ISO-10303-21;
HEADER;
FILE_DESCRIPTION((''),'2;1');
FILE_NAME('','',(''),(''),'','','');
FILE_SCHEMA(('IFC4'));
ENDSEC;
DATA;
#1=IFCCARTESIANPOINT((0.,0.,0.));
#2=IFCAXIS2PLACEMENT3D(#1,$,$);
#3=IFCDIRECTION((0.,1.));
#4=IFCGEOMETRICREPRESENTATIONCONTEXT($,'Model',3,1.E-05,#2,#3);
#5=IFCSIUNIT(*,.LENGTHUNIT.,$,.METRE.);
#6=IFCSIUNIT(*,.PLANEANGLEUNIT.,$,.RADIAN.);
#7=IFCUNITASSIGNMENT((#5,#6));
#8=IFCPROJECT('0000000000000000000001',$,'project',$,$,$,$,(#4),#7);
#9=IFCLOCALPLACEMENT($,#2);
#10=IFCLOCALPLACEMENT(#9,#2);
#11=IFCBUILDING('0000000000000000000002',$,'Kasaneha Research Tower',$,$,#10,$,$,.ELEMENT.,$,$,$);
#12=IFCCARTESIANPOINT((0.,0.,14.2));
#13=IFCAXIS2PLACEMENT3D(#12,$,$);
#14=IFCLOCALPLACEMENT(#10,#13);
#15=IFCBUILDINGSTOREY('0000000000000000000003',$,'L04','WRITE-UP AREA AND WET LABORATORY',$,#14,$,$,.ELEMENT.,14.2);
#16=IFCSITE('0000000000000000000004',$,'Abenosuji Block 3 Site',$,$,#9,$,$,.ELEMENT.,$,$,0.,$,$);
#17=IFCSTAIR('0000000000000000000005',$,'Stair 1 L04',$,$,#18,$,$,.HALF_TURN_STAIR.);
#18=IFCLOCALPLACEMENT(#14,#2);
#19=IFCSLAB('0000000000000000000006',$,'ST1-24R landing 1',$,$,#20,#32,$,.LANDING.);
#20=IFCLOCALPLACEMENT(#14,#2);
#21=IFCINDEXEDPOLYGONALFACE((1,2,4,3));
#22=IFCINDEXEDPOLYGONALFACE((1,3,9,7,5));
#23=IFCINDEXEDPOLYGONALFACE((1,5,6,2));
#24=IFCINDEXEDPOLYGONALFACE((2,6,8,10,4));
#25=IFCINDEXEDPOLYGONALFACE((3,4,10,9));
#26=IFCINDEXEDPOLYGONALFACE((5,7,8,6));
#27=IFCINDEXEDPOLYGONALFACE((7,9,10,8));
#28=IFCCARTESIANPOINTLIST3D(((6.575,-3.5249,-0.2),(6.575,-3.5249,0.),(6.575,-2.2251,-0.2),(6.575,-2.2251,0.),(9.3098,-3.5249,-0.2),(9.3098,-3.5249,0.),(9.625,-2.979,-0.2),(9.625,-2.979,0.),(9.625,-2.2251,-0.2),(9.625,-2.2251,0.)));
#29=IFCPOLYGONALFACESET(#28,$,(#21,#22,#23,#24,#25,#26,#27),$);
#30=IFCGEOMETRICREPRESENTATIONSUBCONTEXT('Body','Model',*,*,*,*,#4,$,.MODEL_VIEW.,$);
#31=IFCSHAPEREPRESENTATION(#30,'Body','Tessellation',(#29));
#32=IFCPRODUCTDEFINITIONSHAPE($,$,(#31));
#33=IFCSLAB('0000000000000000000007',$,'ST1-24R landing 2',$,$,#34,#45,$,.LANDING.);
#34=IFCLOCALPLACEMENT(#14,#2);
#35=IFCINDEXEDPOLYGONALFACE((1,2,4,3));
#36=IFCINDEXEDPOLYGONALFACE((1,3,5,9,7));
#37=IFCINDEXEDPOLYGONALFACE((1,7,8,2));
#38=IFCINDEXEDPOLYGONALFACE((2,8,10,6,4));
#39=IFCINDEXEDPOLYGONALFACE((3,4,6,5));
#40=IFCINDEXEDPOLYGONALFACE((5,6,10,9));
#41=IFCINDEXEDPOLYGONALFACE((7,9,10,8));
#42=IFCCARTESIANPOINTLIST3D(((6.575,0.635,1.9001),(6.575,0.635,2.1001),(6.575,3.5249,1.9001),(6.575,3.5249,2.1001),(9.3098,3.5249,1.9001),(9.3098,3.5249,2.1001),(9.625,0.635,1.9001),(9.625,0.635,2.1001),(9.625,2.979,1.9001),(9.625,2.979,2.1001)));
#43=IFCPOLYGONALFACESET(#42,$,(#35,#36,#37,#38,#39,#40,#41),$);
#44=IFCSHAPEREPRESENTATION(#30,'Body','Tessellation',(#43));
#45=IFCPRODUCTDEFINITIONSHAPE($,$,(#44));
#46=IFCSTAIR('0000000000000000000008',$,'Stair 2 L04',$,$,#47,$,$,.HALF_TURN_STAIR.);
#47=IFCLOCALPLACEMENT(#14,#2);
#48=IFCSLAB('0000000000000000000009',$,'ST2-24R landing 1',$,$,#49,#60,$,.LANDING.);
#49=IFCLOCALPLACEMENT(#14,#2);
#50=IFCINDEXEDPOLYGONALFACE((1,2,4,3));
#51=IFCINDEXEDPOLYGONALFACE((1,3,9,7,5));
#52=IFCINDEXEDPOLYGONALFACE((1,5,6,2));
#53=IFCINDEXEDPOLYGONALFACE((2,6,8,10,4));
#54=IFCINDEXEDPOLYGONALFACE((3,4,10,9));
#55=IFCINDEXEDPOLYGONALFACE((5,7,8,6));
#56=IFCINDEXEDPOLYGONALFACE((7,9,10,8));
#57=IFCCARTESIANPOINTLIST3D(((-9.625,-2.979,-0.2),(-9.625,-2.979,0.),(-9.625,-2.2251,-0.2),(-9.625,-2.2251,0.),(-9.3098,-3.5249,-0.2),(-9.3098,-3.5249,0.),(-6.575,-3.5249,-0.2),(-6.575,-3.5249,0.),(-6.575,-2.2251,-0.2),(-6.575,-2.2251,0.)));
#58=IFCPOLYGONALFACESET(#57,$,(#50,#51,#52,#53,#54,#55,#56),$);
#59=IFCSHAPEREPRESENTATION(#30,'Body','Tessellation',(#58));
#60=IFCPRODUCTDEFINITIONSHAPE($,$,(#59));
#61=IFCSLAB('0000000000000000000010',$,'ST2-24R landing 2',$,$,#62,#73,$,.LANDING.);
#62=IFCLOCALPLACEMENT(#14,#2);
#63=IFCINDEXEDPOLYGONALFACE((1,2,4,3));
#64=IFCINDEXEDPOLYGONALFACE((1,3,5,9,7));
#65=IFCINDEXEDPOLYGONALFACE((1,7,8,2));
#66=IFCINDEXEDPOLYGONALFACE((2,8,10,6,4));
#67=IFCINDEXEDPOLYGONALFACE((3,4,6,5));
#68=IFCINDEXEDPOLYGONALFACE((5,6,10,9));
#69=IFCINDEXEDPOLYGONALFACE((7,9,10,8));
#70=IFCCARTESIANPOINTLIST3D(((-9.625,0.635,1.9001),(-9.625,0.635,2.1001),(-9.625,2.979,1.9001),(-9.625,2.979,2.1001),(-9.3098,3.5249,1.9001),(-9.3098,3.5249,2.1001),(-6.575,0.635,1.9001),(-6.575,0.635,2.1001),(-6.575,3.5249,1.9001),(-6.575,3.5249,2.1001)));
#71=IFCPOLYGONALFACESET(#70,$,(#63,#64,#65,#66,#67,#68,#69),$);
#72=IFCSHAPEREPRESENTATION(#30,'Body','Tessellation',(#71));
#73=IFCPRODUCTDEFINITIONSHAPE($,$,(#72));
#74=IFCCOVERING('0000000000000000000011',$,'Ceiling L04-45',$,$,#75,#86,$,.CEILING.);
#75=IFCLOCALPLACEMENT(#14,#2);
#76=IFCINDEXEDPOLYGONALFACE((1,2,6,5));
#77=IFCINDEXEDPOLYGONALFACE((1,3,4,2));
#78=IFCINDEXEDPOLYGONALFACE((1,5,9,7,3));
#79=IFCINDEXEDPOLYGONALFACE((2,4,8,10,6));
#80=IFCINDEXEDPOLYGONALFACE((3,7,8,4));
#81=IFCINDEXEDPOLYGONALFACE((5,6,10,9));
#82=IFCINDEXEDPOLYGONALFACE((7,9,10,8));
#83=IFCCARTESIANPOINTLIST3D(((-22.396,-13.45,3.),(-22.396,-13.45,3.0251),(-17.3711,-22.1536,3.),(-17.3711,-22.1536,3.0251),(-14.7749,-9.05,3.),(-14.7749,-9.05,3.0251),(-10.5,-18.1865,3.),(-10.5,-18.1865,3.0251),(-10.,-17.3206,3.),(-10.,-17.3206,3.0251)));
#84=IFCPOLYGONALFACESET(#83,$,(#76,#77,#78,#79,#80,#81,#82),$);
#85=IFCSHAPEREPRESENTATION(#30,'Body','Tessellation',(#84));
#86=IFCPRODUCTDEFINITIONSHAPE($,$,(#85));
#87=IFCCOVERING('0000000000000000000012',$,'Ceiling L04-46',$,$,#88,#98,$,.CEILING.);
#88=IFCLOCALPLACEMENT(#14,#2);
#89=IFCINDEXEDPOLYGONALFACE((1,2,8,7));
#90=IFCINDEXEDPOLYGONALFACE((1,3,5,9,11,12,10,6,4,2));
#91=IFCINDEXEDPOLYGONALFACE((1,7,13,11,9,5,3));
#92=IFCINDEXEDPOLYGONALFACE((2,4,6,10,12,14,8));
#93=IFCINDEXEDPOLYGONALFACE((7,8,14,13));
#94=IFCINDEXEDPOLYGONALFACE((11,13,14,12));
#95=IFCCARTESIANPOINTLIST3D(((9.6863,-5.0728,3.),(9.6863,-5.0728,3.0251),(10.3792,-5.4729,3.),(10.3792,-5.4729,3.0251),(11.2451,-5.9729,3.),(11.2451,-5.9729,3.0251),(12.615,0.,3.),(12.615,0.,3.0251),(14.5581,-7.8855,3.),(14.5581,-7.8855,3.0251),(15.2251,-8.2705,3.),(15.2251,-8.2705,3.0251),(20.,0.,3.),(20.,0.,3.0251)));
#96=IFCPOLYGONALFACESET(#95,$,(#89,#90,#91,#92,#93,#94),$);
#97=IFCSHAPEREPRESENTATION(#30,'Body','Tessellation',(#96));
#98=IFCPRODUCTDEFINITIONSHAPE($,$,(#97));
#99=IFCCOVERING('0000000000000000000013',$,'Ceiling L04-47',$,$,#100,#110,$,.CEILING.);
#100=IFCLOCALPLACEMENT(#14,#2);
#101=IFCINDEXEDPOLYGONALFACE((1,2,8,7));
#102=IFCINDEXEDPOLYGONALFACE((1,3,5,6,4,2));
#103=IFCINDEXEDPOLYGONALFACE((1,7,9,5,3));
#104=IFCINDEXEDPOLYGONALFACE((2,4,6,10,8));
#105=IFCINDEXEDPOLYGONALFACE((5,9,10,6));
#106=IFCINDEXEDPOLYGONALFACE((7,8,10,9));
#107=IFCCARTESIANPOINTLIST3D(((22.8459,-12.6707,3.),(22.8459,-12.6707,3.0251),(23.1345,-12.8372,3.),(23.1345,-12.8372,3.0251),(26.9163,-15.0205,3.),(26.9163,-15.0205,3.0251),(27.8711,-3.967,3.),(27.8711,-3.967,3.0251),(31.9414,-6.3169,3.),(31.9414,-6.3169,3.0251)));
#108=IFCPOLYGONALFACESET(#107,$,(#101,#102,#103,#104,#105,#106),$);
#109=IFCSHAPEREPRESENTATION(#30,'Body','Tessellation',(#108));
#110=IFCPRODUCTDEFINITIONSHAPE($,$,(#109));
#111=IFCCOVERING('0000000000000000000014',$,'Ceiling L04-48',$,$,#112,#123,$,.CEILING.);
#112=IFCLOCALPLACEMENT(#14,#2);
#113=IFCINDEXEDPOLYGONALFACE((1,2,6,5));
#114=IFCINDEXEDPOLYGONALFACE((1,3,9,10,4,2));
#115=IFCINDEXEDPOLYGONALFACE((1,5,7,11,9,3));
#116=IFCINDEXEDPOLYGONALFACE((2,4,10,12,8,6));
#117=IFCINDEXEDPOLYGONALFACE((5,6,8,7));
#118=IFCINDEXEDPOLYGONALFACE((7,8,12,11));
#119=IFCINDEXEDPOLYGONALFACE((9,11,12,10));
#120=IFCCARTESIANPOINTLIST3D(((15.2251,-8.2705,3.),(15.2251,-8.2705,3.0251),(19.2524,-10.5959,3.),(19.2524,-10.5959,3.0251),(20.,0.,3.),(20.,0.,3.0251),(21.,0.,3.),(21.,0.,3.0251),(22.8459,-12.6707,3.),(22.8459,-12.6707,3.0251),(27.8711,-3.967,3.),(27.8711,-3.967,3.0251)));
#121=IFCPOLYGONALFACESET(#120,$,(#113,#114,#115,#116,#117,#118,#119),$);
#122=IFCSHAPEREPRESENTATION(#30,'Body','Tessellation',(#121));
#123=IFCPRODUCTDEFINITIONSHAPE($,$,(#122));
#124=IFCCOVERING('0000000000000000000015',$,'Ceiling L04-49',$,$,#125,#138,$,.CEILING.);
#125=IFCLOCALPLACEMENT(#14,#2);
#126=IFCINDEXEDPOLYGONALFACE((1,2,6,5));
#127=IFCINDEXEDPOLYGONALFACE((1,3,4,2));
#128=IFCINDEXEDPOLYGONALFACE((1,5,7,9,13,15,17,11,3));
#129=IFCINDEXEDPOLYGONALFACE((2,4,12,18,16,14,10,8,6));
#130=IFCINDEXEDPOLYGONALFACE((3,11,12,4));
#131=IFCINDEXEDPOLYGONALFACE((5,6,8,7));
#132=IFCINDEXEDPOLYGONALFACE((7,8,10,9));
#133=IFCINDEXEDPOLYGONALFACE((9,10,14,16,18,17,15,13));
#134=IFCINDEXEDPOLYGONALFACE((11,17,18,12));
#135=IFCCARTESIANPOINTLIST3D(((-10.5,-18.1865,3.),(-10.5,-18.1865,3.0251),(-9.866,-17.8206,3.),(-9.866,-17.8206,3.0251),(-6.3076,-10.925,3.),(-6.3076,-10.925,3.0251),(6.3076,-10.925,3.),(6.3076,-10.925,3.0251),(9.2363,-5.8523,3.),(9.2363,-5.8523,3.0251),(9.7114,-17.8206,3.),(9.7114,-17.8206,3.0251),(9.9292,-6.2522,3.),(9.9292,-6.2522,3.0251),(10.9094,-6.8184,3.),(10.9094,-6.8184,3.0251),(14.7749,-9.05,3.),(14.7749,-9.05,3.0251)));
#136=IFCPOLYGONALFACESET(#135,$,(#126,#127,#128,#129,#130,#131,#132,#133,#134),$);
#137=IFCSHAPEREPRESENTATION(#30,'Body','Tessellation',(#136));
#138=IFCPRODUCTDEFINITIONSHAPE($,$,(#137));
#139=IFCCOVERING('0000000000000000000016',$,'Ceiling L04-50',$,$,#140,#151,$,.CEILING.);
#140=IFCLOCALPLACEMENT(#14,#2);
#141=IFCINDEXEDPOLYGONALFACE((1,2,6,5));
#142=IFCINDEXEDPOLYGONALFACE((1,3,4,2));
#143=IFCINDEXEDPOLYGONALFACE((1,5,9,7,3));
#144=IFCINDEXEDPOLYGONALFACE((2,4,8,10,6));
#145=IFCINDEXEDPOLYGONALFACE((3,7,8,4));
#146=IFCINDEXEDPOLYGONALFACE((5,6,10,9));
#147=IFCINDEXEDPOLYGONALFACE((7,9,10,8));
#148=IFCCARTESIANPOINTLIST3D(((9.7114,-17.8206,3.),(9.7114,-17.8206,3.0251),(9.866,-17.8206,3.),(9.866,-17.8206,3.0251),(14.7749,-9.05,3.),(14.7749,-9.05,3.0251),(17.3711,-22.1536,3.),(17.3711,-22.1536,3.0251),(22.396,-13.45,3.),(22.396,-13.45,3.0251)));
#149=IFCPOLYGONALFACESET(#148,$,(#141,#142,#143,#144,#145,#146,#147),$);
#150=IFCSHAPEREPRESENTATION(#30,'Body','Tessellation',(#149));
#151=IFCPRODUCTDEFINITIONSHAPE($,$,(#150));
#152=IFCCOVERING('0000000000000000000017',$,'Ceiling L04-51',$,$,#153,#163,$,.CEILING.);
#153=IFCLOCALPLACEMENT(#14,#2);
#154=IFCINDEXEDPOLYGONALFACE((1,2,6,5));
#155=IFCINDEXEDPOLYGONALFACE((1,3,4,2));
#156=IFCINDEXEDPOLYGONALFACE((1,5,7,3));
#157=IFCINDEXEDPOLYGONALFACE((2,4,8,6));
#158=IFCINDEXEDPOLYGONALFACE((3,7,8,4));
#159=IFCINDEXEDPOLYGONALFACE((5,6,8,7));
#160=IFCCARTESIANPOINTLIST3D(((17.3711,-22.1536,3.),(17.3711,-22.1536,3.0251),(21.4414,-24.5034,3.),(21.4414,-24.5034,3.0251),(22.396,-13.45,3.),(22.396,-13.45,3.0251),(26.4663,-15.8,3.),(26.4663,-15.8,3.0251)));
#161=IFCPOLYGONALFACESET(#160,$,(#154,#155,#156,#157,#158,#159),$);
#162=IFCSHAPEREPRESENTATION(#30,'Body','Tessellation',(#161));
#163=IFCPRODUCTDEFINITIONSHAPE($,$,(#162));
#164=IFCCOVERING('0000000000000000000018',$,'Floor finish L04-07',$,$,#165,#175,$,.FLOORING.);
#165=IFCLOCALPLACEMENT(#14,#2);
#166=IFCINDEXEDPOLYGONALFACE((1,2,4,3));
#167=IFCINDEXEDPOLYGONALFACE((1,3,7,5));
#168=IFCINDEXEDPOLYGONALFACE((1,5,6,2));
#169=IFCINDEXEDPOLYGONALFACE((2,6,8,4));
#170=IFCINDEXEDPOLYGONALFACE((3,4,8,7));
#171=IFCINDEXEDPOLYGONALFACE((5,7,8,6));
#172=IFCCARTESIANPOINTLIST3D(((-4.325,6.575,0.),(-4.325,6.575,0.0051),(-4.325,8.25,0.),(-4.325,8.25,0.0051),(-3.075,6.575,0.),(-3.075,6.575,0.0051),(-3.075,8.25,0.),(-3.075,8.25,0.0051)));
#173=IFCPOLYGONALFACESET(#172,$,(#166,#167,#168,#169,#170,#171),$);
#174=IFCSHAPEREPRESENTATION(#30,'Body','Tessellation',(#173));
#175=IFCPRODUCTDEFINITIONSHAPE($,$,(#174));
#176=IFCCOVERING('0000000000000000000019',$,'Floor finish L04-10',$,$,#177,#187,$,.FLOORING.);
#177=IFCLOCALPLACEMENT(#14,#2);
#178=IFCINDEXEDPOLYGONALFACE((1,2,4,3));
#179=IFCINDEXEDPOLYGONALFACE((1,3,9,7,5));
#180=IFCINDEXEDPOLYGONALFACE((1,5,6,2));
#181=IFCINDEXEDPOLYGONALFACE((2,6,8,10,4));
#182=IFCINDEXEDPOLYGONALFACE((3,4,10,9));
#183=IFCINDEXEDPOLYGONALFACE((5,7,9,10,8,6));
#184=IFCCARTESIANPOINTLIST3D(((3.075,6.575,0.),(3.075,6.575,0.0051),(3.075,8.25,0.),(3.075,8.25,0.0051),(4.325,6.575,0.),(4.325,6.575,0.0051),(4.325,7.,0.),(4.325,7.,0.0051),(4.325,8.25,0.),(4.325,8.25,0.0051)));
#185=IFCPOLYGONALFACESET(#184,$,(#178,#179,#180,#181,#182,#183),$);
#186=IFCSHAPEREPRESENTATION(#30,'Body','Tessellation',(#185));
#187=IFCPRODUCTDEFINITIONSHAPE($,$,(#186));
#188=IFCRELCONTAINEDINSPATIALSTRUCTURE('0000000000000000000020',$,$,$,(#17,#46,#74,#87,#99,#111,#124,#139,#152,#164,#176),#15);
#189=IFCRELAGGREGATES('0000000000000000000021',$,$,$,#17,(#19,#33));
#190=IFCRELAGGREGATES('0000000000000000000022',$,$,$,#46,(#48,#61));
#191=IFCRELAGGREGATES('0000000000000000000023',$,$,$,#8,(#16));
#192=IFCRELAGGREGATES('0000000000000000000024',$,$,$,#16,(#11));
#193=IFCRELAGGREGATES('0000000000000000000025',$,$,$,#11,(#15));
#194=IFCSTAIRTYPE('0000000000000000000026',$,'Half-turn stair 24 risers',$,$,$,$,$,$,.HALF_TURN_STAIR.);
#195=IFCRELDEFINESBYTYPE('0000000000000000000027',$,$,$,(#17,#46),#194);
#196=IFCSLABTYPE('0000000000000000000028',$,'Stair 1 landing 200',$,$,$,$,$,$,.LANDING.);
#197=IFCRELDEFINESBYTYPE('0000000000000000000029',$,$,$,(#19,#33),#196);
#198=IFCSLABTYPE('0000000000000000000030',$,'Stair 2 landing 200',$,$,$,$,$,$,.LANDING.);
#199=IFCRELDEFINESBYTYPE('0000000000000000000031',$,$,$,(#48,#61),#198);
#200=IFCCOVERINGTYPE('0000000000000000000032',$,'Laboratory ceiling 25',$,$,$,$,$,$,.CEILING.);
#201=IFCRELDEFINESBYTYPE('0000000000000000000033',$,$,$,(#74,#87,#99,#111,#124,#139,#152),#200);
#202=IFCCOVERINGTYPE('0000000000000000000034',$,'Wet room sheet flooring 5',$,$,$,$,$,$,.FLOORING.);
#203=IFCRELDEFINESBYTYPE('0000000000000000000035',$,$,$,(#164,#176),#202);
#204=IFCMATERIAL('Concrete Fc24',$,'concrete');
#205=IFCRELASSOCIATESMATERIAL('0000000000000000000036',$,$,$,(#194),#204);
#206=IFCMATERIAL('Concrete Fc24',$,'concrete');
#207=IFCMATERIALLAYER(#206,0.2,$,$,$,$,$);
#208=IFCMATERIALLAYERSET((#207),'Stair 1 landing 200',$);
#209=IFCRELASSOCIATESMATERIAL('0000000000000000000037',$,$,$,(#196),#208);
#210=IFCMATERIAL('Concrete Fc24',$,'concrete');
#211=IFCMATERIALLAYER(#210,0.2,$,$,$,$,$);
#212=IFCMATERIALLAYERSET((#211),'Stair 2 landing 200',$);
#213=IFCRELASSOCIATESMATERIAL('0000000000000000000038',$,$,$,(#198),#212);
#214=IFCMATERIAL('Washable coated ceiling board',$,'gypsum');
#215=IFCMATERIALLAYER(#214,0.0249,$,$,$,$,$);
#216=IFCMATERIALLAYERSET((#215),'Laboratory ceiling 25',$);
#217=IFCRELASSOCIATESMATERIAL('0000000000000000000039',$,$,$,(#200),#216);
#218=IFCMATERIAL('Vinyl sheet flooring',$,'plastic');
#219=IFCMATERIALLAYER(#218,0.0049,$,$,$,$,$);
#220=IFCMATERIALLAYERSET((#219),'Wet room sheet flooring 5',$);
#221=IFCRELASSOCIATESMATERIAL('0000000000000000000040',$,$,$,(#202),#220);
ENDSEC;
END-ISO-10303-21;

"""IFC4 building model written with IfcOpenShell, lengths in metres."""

from ifc_helpers import new_model, si_unit, direction, frame, origin, place, context, subcontext, project, spatial, polyline, outline, extrude, material, layer, layer_set, type_object, element, aggregate, save


model = new_model("IFC4")

# Units and contexts
model_context = context("Model", 3, precision=1e-05, world=origin(), true_north=direction((0.0, 1.0)))
body_context = subcontext(model_context, "Body", "Model", "MODEL_VIEW")
ifc_project = project(units=[si_unit("LENGTHUNIT", "METRE"), si_unit("PLANEANGLEUNIT", "RADIAN")], contexts=[model_context])

# Site, building, storey
site_placement = place(None, origin())
site = spatial("IfcSite", under=ifc_project, at=site_placement, Name="Abenosuji Block 3 Site", CompositionType="ELEMENT", RefElevation=0.0)
building_placement = place(site_placement, origin())
building = spatial("IfcBuilding", under=site, at=building_placement, Name="Kasaneha Research Tower", CompositionType="ELEMENT")
storey_placement = place(building_placement, frame((0.0, 0.0, 14.2)))
storey = spatial("IfcBuildingStorey", under=building, at=storey_placement, Name="L04", Description="WRITE-UP AREA AND WET LABORATORY", CompositionType="ELEMENT", Elevation=14.2)

# Stairs, slabs
ifc_material_1 = material(Name="Concrete Fc24", Category="concrete")
stair_type = type_object("IfcStairType", Name="Half-turn stair 24 risers", PredefinedType="HALF_TURN_STAIR", material=ifc_material_1)
stair_1_placement = place(storey_placement, origin())
stair_1 = element("IfcStair", 1, at=stair_1_placement, inside=storey, type_object=stair_type, Name="Stair 1 L04", PredefinedType="HALF_TURN_STAIR")
ifc_material_2 = material(Name="Concrete Fc24", Category="concrete")
ifc_layer_1 = layer(ifc_material_2, 0.2)
ifc_layer_set_1 = layer_set([ifc_layer_1], Name="Stair 1 landing 200")
slab_type_1 = type_object("IfcSlabType", Name="Stair 1 landing 200", PredefinedType="LANDING", material=ifc_layer_set_1)
slab_1_placement = place(storey_placement, frame((0.0, 0.0, -0.2)))
slab_1 = element("IfcSlab", 2, at=slab_1_placement, type_object=slab_type_1, Name="ST1-24R landing 1", PredefinedType="LANDING", context=body_context, shape_type="SweptSolid", body=[
    extrude(outline(polyline([(9.3098, -3.5249), (6.575, -3.5249), (6.575, -2.2251), (9.625, -2.2251), (9.625, -2.979), (9.3098, -3.5249)])), origin(), (0.0, 0.0, 1.0), 0.2),
])
slab_2_placement = place(storey_placement, frame((0.0, 0.0, 1.9001)))
slab_2 = element("IfcSlab", 3, at=slab_2_placement, type_object=slab_type_1, Name="ST1-24R landing 2", PredefinedType="LANDING", context=body_context, shape_type="SweptSolid", body=[
    extrude(outline(polyline([(6.575, 3.5249), (9.3098, 3.5249), (9.625, 2.979), (9.625, 0.635), (6.575, 0.635), (6.575, 3.5249)])), origin(), (0.0, 0.0, 1.0), 0.2),
])
aggregate(stair_1, [slab_1, slab_2])
stair_2_placement = place(storey_placement, origin())
stair_2 = element("IfcStair", 4, at=stair_2_placement, inside=storey, type_object=stair_type, Name="Stair 2 L04", PredefinedType="HALF_TURN_STAIR")
ifc_material_3 = material(Name="Concrete Fc24", Category="concrete")
ifc_layer_2 = layer(ifc_material_3, 0.2)
ifc_layer_set_2 = layer_set([ifc_layer_2], Name="Stair 2 landing 200")
slab_type_2 = type_object("IfcSlabType", Name="Stair 2 landing 200", PredefinedType="LANDING", material=ifc_layer_set_2)
slab_3_placement = place(storey_placement, frame((0.0, 0.0, -0.2)))
slab_3 = element("IfcSlab", 5, at=slab_3_placement, type_object=slab_type_2, Name="ST2-24R landing 1", PredefinedType="LANDING", context=body_context, shape_type="SweptSolid", body=[
    extrude(outline(polyline([(-6.575, -3.5249), (-9.3098, -3.5249), (-9.625, -2.979), (-9.625, -2.2251), (-6.575, -2.2251), (-6.575, -3.5249)])), origin(), (0.0, 0.0, 1.0), 0.2),
])
slab_4_placement = place(storey_placement, frame((0.0, 0.0, 1.9001)))
slab_4 = element("IfcSlab", 6, at=slab_4_placement, type_object=slab_type_2, Name="ST2-24R landing 2", PredefinedType="LANDING", context=body_context, shape_type="SweptSolid", body=[
    extrude(outline(polyline([(-6.575, 0.635), (-9.625, 0.635), (-9.625, 2.979), (-9.3098, 3.5249), (-6.575, 3.5249), (-6.575, 0.635)])), origin(), (0.0, 0.0, 1.0), 0.2),
])
aggregate(stair_2, [slab_3, slab_4])

# Coverings
ifc_material_4 = material(Name="Washable coated ceiling board", Category="gypsum")
ifc_layer_3 = layer(ifc_material_4, 0.0249)
ifc_layer_set_3 = layer_set([ifc_layer_3], Name="Laboratory ceiling 25")
covering_type_1 = type_object("IfcCoveringType", Name="Laboratory ceiling 25", PredefinedType="CEILING", material=ifc_layer_set_3)
covering_1_placement = place(storey_placement, frame((0.0, 0.0, 3.0)))
element("IfcCovering", 7, at=covering_1_placement, inside=storey, type_object=covering_type_1, Name="Ceiling L04-45", PredefinedType="CEILING", context=body_context, shape_type="SweptSolid", body=[
    extrude(outline(polyline([(-10.5, -18.1865), (-17.3711, -22.1536), (-22.396, -13.45), (-14.7749, -9.05), (-10.0, -17.3206), (-10.5, -18.1865)])), origin(), (0.0, 0.0, 1.0), 0.0251),
])
covering_2_placement = place(storey_placement, frame((0.0, 0.0, 3.0)))
element("IfcCovering", 8, at=covering_2_placement, inside=storey, type_object=covering_type_1, Name="Ceiling L04-46", PredefinedType="CEILING", context=body_context, shape_type="SweptSolid", body=[
    extrude(outline(polyline([(11.2451, -5.9729), (10.3792, -5.4729), (9.6863, -5.0728), (12.615, 0.0), (20.0, 0.0), (15.2251, -8.2705), (14.5581, -7.8855), (11.2451, -5.9729)])), origin(), (0.0, 0.0, 1.0), 0.0251),
])
covering_3_placement = place(storey_placement, frame((0.0, 0.0, 3.0)))
element("IfcCovering", 9, at=covering_3_placement, inside=storey, type_object=covering_type_1, Name="Ceiling L04-47", PredefinedType="CEILING", context=body_context, shape_type="SweptSolid", body=[
    extrude(outline(polyline([(22.8459, -12.6707), (27.8711, -3.967), (31.9414, -6.3169), (26.9163, -15.0205), (23.1345, -12.8372), (22.8459, -12.6707)])), origin(), (0.0, 0.0, 1.0), 0.0251),
])
covering_4_placement = place(storey_placement, frame((0.0, 0.0, 3.0)))
element("IfcCovering", 10, at=covering_4_placement, inside=storey, type_object=covering_type_1, Name="Ceiling L04-48", PredefinedType="CEILING", context=body_context, shape_type="SweptSolid", body=[
    extrude(outline(polyline([(15.2251, -8.2705), (20.0, 0.0), (21.0, 0.0), (27.8711, -3.967), (22.8459, -12.6707), (19.2524, -10.5959), (15.2251, -8.2705)])), origin(), (0.0, 0.0, 1.0), 0.0251),
])
covering_5_placement = place(storey_placement, frame((0.0, 0.0, 3.0)))
element("IfcCovering", 11, at=covering_5_placement, inside=storey, type_object=covering_type_1, Name="Ceiling L04-49", PredefinedType="CEILING", context=body_context, shape_type="SweptSolid", body=[
    extrude(outline(polyline([(-10.5, -18.1865), (-6.3076, -10.925), (6.3076, -10.925), (9.2363, -5.8523), (9.9292, -6.2522), (9.9292, -6.2522), (10.9094, -6.8184), (14.7749, -9.05), (9.7114, -17.8206), (-9.866, -17.8206), (-10.5, -18.1865)])), origin(), (0.0, 0.0, 1.0), 0.0251),
])
covering_6_placement = place(storey_placement, frame((0.0, 0.0, 3.0)))
element("IfcCovering", 12, at=covering_6_placement, inside=storey, type_object=covering_type_1, Name="Ceiling L04-50", PredefinedType="CEILING", context=body_context, shape_type="SweptSolid", body=[
    extrude(outline(polyline([(14.7749, -9.05), (22.396, -13.45), (17.3711, -22.1536), (9.866, -17.8206), (9.7114, -17.8206), (14.7749, -9.05)])), origin(), (0.0, 0.0, 1.0), 0.0251),
])
covering_7_placement = place(storey_placement, frame((0.0, 0.0, 3.0)))
element("IfcCovering", 13, at=covering_7_placement, inside=storey, type_object=covering_type_1, Name="Ceiling L04-51", PredefinedType="CEILING", context=body_context, shape_type="SweptSolid", body=[
    extrude(outline(polyline([(21.4414, -24.5034), (17.3711, -22.1536), (22.396, -13.45), (26.4663, -15.8), (21.4414, -24.5034)])), origin(), (0.0, 0.0, 1.0), 0.0251),
])
ifc_material_5 = material(Name="Vinyl sheet flooring", Category="plastic")
ifc_layer_4 = layer(ifc_material_5, 0.0049)
ifc_layer_set_4 = layer_set([ifc_layer_4], Name="Wet room sheet flooring 5")
covering_type_2 = type_object("IfcCoveringType", Name="Wet room sheet flooring 5", PredefinedType="FLOORING", material=ifc_layer_set_4)
covering_8_placement = place(storey_placement, origin())
element("IfcCovering", 14, at=covering_8_placement, inside=storey, type_object=covering_type_2, Name="Floor finish L04-07", PredefinedType="FLOORING", context=body_context, shape_type="SweptSolid", body=[
    extrude(outline(polyline([(-4.325, 6.575), (-4.325, 8.25), (-3.075, 8.25), (-3.075, 6.575), (-4.325, 6.575)])), origin(), (0.0, 0.0, 1.0), 0.0051),
])
covering_9_placement = place(storey_placement, origin())
element("IfcCovering", 15, at=covering_9_placement, inside=storey, type_object=covering_type_2, Name="Floor finish L04-10", PredefinedType="FLOORING", context=body_context, shape_type="SweptSolid", body=[
    extrude(outline(polyline([(3.075, 6.575), (3.075, 8.25), (4.325, 8.25), (4.325, 7.0), (4.325, 6.575), (3.075, 6.575)])), origin(), (0.0, 0.0, 1.0), 0.0051),
])

save(model, "model.ifc")
